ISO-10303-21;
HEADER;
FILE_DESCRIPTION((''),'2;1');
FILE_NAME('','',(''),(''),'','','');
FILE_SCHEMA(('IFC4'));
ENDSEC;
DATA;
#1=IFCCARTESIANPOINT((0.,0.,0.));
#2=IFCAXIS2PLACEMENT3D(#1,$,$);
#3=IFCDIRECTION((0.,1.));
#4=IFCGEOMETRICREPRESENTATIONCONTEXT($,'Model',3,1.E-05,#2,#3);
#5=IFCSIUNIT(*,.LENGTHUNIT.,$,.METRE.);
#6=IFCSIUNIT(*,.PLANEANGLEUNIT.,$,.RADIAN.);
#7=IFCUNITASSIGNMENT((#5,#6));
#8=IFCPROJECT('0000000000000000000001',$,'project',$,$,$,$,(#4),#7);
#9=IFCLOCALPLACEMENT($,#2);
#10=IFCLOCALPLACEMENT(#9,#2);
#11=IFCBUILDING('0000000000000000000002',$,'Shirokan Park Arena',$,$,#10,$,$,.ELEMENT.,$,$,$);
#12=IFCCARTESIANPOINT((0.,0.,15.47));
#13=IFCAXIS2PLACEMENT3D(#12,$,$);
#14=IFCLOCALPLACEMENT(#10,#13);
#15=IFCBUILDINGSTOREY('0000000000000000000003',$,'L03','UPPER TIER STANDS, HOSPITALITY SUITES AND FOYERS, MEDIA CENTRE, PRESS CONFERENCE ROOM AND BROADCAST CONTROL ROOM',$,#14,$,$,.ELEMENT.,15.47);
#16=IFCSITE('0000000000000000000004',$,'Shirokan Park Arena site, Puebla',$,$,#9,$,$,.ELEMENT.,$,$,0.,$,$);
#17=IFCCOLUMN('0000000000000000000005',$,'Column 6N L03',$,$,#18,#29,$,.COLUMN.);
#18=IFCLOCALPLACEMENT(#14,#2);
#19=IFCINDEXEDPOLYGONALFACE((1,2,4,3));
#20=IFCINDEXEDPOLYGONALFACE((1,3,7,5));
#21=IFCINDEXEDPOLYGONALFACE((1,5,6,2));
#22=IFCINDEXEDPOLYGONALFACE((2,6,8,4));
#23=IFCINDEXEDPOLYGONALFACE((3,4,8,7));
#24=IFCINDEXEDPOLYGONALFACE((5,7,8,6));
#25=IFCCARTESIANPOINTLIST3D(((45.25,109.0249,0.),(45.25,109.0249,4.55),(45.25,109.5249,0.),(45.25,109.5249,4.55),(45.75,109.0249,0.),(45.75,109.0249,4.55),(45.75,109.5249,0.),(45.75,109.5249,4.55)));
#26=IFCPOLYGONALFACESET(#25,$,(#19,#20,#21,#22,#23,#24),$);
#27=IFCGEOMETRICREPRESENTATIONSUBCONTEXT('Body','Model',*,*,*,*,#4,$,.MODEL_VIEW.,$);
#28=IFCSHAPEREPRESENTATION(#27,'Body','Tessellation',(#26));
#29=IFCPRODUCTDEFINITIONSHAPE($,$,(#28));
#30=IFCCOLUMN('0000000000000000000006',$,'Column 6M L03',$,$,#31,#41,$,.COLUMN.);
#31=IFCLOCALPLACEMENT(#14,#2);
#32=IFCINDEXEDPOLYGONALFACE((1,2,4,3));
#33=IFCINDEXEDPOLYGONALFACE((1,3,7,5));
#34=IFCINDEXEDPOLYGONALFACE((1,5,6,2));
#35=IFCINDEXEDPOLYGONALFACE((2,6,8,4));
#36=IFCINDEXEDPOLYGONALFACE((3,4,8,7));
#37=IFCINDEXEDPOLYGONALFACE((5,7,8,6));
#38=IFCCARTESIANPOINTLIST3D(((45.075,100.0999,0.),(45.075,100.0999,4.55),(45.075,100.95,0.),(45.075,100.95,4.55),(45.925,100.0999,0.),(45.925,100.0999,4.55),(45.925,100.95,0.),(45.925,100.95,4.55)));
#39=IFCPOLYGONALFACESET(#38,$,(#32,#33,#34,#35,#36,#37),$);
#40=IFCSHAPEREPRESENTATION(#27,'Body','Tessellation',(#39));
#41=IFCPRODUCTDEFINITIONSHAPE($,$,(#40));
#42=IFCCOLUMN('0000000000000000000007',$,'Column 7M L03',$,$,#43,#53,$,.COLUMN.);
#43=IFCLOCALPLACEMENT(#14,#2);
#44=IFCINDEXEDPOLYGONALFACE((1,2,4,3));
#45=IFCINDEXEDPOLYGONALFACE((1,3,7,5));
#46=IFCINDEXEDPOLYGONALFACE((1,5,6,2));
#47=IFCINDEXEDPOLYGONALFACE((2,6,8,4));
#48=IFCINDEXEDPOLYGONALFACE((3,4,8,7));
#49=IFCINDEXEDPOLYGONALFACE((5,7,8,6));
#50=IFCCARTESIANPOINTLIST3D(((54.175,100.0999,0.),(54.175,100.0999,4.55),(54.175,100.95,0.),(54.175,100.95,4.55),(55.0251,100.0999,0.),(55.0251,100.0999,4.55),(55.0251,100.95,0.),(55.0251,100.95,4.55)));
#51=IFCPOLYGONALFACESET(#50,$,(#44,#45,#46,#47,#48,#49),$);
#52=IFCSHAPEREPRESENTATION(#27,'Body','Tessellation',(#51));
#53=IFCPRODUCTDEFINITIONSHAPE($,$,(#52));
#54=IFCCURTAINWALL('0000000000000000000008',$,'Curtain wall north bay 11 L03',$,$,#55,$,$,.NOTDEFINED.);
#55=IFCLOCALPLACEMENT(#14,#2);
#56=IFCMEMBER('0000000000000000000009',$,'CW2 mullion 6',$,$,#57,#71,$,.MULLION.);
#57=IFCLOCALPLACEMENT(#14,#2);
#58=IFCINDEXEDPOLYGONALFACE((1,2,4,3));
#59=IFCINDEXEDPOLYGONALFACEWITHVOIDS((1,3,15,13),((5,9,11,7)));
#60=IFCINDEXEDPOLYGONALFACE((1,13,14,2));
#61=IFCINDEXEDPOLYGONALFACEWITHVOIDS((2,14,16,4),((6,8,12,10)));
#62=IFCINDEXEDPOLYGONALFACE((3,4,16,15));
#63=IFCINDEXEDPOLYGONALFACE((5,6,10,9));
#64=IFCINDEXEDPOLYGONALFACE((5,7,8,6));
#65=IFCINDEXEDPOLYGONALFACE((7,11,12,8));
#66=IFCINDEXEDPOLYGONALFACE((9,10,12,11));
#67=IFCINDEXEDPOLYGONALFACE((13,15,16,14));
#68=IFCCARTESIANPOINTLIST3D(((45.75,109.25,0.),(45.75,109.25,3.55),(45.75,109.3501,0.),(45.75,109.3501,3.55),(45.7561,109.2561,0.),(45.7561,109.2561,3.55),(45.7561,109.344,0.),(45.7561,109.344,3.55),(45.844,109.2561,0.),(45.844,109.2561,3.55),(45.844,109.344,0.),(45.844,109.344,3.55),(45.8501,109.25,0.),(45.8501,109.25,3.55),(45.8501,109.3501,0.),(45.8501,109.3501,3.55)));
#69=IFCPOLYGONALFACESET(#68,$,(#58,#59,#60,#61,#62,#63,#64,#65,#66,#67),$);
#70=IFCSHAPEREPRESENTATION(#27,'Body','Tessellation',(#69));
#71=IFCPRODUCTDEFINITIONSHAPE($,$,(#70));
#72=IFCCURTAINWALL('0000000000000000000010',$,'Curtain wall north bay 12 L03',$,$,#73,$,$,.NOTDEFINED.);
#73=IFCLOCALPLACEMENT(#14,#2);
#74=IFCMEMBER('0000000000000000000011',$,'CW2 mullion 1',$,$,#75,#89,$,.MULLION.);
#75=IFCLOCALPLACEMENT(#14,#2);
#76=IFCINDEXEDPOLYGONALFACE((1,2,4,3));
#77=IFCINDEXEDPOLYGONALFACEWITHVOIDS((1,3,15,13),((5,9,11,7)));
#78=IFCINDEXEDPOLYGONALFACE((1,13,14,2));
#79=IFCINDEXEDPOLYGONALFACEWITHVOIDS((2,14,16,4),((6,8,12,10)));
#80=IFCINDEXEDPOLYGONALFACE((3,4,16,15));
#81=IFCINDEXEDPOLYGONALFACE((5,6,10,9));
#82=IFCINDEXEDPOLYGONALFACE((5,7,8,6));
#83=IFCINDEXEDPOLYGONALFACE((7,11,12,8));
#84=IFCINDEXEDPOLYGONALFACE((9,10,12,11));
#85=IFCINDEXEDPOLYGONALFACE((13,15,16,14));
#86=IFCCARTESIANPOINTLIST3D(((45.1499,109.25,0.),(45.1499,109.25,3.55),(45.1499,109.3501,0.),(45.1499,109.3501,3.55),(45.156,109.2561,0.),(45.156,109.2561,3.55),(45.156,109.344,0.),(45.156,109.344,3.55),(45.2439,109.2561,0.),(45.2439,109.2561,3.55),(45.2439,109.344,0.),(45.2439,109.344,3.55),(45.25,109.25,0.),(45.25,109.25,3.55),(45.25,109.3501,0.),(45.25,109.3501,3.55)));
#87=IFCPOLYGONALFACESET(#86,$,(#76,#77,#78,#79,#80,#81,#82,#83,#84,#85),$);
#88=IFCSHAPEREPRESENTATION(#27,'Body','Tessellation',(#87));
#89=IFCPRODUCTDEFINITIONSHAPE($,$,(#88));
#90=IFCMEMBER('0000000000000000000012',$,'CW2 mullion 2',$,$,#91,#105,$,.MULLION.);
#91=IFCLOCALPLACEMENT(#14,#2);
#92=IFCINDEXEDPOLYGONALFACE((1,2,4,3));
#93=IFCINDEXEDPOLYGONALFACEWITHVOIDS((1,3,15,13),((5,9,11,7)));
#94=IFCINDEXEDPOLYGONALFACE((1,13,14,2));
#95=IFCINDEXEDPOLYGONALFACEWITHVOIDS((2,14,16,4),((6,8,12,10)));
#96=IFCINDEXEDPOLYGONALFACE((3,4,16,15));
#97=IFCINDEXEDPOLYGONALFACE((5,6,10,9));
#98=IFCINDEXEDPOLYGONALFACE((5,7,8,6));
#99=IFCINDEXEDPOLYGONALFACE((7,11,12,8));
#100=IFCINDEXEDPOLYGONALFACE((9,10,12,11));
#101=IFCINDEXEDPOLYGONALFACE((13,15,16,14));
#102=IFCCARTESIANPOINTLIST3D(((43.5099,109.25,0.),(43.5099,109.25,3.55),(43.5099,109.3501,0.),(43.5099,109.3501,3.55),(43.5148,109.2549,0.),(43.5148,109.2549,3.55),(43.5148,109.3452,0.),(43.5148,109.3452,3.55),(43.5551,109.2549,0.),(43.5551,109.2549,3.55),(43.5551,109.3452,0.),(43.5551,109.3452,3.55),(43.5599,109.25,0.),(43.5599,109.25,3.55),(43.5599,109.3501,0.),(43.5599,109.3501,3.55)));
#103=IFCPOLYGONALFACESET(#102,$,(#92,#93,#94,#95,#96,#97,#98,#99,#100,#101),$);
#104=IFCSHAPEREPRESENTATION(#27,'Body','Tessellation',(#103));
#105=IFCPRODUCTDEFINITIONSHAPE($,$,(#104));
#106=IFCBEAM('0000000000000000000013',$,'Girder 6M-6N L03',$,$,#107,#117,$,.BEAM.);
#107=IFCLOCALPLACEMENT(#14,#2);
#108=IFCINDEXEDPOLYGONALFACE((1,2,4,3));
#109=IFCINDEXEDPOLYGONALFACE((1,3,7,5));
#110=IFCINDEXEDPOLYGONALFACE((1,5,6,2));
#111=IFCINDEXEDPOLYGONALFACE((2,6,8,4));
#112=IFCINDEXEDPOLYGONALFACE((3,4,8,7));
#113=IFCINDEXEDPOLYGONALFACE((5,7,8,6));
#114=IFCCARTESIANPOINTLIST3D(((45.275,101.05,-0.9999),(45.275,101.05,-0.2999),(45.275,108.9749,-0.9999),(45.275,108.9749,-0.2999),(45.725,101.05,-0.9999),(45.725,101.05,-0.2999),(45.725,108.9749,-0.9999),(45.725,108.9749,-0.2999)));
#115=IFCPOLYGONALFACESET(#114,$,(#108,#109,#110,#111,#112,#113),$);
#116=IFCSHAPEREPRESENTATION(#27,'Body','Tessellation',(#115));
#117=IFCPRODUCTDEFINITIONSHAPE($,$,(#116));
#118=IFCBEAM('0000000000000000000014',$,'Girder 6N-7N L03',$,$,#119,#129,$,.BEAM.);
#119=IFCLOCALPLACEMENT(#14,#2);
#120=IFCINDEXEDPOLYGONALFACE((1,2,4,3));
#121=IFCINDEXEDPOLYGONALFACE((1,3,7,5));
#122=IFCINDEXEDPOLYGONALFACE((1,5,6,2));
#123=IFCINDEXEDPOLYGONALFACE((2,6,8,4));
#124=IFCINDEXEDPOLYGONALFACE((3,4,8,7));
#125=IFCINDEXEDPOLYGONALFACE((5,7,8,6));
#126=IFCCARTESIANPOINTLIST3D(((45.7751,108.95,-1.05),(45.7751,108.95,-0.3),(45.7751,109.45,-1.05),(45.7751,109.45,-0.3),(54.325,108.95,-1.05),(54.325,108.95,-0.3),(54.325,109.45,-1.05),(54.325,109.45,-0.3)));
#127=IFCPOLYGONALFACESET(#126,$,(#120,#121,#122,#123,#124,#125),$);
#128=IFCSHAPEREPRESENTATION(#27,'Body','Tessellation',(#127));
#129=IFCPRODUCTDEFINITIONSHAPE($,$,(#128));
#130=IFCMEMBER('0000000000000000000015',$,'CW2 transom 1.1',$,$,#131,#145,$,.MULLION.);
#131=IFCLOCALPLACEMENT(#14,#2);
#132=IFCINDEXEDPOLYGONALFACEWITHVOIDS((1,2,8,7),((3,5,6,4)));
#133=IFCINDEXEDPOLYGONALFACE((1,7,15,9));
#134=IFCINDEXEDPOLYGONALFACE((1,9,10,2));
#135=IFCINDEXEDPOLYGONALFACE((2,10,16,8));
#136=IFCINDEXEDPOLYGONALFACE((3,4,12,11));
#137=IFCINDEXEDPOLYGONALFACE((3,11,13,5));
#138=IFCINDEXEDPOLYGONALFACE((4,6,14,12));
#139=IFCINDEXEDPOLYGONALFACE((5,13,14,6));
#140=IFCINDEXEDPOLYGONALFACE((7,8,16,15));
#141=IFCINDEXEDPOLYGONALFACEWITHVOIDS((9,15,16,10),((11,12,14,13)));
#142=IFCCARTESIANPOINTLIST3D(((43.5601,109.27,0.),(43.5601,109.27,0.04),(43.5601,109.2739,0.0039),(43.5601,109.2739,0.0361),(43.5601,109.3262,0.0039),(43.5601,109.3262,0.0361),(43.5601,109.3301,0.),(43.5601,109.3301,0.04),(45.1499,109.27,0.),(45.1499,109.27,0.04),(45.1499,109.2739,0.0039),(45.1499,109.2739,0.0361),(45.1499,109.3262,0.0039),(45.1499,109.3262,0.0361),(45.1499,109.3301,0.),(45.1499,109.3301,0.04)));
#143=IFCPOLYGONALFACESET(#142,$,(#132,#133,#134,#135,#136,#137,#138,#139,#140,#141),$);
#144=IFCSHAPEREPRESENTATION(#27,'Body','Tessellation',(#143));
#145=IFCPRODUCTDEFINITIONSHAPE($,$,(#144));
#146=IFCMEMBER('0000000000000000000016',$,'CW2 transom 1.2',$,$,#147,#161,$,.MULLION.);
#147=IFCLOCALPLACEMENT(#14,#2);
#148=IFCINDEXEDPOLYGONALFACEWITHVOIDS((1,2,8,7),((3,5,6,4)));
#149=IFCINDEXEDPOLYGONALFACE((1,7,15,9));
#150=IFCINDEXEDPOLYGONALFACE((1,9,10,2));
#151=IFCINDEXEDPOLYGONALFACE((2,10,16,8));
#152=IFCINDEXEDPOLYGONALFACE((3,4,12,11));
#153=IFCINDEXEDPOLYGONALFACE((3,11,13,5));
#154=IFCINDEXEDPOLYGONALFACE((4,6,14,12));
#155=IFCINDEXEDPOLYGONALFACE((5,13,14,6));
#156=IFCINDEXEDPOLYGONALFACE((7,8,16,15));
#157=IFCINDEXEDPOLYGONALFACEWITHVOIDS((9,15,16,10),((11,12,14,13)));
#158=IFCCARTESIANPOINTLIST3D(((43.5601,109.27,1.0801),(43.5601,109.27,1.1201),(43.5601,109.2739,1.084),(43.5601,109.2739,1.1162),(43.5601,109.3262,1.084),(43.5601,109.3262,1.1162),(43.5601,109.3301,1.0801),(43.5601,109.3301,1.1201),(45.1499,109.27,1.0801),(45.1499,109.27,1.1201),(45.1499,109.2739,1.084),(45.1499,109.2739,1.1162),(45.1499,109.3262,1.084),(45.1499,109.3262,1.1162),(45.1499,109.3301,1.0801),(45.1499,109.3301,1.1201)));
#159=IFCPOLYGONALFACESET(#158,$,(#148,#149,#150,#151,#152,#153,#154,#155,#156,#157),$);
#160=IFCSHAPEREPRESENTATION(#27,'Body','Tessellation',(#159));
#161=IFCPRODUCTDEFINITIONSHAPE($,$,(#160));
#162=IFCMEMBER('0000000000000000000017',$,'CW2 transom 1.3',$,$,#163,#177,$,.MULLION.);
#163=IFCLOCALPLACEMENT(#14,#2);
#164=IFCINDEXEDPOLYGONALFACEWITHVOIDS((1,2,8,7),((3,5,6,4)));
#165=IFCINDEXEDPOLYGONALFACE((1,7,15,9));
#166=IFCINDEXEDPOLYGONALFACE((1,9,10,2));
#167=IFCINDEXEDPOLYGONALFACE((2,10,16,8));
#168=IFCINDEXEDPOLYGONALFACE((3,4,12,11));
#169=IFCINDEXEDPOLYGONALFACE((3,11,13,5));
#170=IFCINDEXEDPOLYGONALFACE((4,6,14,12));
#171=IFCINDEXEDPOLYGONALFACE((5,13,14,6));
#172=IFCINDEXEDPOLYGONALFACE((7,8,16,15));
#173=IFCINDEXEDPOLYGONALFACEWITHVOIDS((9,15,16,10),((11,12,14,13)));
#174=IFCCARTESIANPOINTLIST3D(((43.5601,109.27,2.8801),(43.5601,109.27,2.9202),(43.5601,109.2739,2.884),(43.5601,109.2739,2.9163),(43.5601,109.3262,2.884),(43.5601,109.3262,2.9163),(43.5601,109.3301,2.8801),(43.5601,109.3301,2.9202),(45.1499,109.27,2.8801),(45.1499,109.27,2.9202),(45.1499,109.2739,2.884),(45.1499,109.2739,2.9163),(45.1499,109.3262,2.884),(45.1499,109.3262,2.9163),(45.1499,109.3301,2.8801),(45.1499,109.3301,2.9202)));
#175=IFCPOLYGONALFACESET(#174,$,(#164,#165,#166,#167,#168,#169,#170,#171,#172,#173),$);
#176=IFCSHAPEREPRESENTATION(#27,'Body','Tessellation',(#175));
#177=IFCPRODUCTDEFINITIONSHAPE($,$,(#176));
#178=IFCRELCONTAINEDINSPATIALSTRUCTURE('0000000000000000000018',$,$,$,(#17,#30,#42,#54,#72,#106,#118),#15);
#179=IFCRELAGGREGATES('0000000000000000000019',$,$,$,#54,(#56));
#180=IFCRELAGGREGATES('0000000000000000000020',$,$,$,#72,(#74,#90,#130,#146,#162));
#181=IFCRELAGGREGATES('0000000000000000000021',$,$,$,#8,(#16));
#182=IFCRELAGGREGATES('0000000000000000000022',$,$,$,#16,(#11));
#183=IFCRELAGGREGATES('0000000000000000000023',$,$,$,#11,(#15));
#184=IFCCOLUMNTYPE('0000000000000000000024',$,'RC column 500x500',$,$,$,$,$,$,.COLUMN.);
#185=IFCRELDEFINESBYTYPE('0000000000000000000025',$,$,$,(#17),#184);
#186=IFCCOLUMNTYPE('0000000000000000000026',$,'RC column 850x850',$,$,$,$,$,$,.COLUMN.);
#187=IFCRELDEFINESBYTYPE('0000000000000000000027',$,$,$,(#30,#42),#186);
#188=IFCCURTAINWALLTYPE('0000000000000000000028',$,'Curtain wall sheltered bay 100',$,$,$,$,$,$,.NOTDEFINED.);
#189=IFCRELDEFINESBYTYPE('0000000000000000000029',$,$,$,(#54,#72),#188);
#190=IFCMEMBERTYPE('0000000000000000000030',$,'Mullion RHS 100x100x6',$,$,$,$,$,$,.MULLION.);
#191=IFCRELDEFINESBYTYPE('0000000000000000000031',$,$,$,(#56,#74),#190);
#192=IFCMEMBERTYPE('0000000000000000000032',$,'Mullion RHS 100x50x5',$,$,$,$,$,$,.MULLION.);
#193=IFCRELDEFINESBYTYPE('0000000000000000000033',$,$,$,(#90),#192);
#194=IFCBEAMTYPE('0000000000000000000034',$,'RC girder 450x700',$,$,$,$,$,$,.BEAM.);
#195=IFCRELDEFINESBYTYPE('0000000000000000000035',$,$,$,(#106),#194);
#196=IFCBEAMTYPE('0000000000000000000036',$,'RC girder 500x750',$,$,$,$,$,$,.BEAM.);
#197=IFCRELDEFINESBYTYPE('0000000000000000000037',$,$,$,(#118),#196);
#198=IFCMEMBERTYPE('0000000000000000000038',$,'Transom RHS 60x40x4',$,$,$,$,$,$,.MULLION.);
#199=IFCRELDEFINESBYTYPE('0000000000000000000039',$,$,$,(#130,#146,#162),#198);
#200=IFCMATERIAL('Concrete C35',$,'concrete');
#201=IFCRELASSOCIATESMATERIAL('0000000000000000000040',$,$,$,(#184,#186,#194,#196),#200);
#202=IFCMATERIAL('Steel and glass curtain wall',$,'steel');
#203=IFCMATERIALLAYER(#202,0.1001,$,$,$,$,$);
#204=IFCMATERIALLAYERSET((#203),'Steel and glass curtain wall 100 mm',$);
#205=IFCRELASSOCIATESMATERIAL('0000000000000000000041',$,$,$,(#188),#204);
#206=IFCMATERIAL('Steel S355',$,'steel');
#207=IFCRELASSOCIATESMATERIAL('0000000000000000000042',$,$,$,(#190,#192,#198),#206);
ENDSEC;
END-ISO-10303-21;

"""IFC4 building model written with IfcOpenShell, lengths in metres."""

from ifc_helpers import new_model, si_unit, direction, frame, origin, origin_2d, place, context, subcontext, project, spatial, rectangle, hollow_rectangle, extrude, material, layer, layer_set, material_profile, profile_set, type_object, element, aggregate, save


model = new_model("IFC4")

# Units and contexts
model_context = context("Model", 3, precision=1e-05, world=origin(), true_north=direction((0.0, 1.0)))
body_context = subcontext(model_context, "Body", "Model", "MODEL_VIEW")
ifc_project = project(units=[si_unit("LENGTHUNIT", "METRE"), si_unit("PLANEANGLEUNIT", "RADIAN")], contexts=[model_context])

# Site, building, storey
site_placement = place(None, origin())
site = spatial("IfcSite", under=ifc_project, at=site_placement, Name="Shirokan Park Arena site, Puebla", CompositionType="ELEMENT", RefElevation=0.0)
building_placement = place(site_placement, origin())
building = spatial("IfcBuilding", under=site, at=building_placement, Name="Shirokan Park Arena", CompositionType="ELEMENT")
storey_placement = place(building_placement, frame((0.0, 0.0, 15.47)))
storey = spatial("IfcBuildingStorey", under=building, at=storey_placement, Name="L03", Description="UPPER TIER STANDS, HOSPITALITY SUITES AND FOYERS, MEDIA CENTRE, PRESS CONFERENCE ROOM AND BROADCAST CONTROL ROOM", CompositionType="ELEMENT", Elevation=15.47)

# Columns
ifc_material_1 = material(Name="Concrete C35", Category="concrete")
ifc_material_profile_1 = material_profile(ifc_material_1, rectangle(XDim=0.5, YDim=0.5, at=origin_2d()), Name="500x500")
ifc_profile_set_1 = profile_set([ifc_material_profile_1], Name="Concrete C35")
column_type_1 = type_object("IfcColumnType", Name="RC column 500x500", PredefinedType="COLUMN", material=ifc_profile_set_1)
column_placement = place(storey_placement, frame((45.5, 109.2749, 0.0), z_axis=(0.0, 0.0, 1.0), x_axis=(1.0, 0.0, 0.0)))
element("IfcColumn", 1, at=column_placement, inside=storey, type_object=column_type_1, Name="Column 6N L03", PredefinedType="COLUMN", context=body_context, shape_type="SweptSolid", body=[
    extrude(rectangle(XDim=0.5, YDim=0.5, at=origin_2d()), origin(), (0.0, 0.0, 1.0), 4.55),
])
ifc_material_profile_2 = material_profile(ifc_material_1, rectangle(XDim=0.8501, YDim=0.8501, at=origin_2d()), Name="850x850")
ifc_profile_set_2 = profile_set([ifc_material_profile_2], Name="Concrete C35")
column_type_2 = type_object("IfcColumnType", Name="RC column 850x850", PredefinedType="COLUMN", material=ifc_profile_set_2)
for number, where, z_axis, x_axis, name in (
    (2, (45.5, 100.5249, 0.0), (0.0, 0.0, 1.0), (1.0, 0.0, 0.0), "Column 6M L03"),
    (3, (54.6001, 100.5249, 0.0), (0.0, 0.0, 1.0), (1.0, 0.0, 0.0), "Column 7M L03"),
):
    element("IfcColumn", number, at=place(storey_placement, frame(where, z_axis=z_axis, x_axis=x_axis)), inside=storey, type_object=column_type_2, Name=name, PredefinedType="COLUMN", context=body_context, shape_type="SweptSolid", body=[
        extrude(rectangle(XDim=0.8501, YDim=0.8501, at=origin_2d()), origin(), (0.0, 0.0, 1.0), 4.55),
    ])

# Curtain wall, member
ifc_material_2 = material(Name="Steel and glass curtain wall", Category="steel")
ifc_layer_1 = layer(ifc_material_2, 0.1001)
ifc_layer_set_1 = layer_set([ifc_layer_1], Name="Steel and glass curtain wall 100 mm")
curtain_wall_type = type_object("IfcCurtainWallType", Name="Curtain wall sheltered bay 100", PredefinedType="NOTDEFINED", material=ifc_layer_set_1)
curtain_wall_1_placement = place(storey_placement, origin())
curtain_wall_1 = element("IfcCurtainWall", 4, at=curtain_wall_1_placement, inside=storey, type_object=curtain_wall_type, Name="Curtain wall north bay 11 L03", PredefinedType="NOTDEFINED")
ifc_material_3 = material(Name="Steel S355", Category="steel")
ifc_material_profile_3 = material_profile(ifc_material_3, hollow_rectangle(XDim=0.1001, YDim=0.1001, WallThickness=0.0061, at=origin_2d()), Name="RHS 100x100x6")
ifc_profile_set_3 = profile_set([ifc_material_profile_3], Name="Steel S355")
member_type_1 = type_object("IfcMemberType", Name="Mullion RHS 100x100x6", PredefinedType="MULLION", material=ifc_profile_set_3)
member_1_placement = place(storey_placement, frame((45.8, 109.3, 0.0), z_axis=(0.0, 0.0, 1.0), x_axis=(0.0, -1.0, 0.0)))
member_1 = element("IfcMember", 5, at=member_1_placement, type_object=member_type_1, Name="CW2 mullion 6", PredefinedType="MULLION", context=body_context, shape_type="SweptSolid", body=[
    extrude(hollow_rectangle(XDim=0.1001, YDim=0.1001, WallThickness=0.0061, at=origin_2d()), origin(), (0.0, 0.0, 1.0), 3.55),
])

# Curtain wall, members
curtain_wall_2_placement = place(storey_placement, origin())
curtain_wall_2 = element("IfcCurtainWall", 6, at=curtain_wall_2_placement, inside=storey, type_object=curtain_wall_type, Name="Curtain wall north bay 12 L03", PredefinedType="NOTDEFINED")
member_2_placement = place(storey_placement, frame((45.2, 109.3, 0.0), z_axis=(0.0, 0.0, 1.0), x_axis=(0.0, -1.0, 0.0)))
member_2 = element("IfcMember", 7, at=member_2_placement, type_object=member_type_1, Name="CW2 mullion 1", PredefinedType="MULLION", context=body_context, shape_type="SweptSolid", body=[
    extrude(hollow_rectangle(XDim=0.1001, YDim=0.1001, WallThickness=0.0061, at=origin_2d()), origin(), (0.0, 0.0, 1.0), 3.55),
])
ifc_material_profile_4 = material_profile(ifc_material_3, hollow_rectangle(XDim=0.1001, YDim=0.05, WallThickness=0.0049, at=origin_2d()), Name="RHS 100x50x5")
ifc_profile_set_4 = profile_set([ifc_material_profile_4], Name="Steel S355")
member_type_2 = type_object("IfcMemberType", Name="Mullion RHS 100x50x5", PredefinedType="MULLION", material=ifc_profile_set_4)
member_3_placement = place(storey_placement, frame((43.5349, 109.3, 0.0), z_axis=(0.0, 0.0, 1.0), x_axis=(0.0, -1.0, 0.0)))
member_3 = element("IfcMember", 8, at=member_3_placement, type_object=member_type_2, Name="CW2 mullion 2", PredefinedType="MULLION", context=body_context, shape_type="SweptSolid", body=[
    extrude(hollow_rectangle(XDim=0.1001, YDim=0.05, WallThickness=0.0049, at=origin_2d()), origin(), (0.0, 0.0, 1.0), 3.55),
])

# Beams
ifc_material_profile_5 = material_profile(ifc_material_1, rectangle(XDim=0.45, YDim=0.7, at=origin_2d()), Name="450x700")
ifc_profile_set_5 = profile_set([ifc_material_profile_5], Name="Concrete C35")
beam_type_1 = type_object("IfcBeamType", Name="RC girder 450x700", PredefinedType="BEAM", material=ifc_profile_set_5)
beam_1_placement = place(storey_placement, frame((45.5, 101.05, -0.6499), z_axis=(0.0, 1.0, 0.0), x_axis=(-1.0, 0.0, 0.0)))
element("IfcBeam", 9, at=beam_1_placement, inside=storey, type_object=beam_type_1, Name="Girder 6M-6N L03", PredefinedType="BEAM", context=body_context, shape_type="SweptSolid", body=[
    extrude(rectangle(XDim=0.45, YDim=0.7, at=origin_2d()), origin(), (0.0, 0.0, 1.0), 7.9248),
])
ifc_material_profile_6 = material_profile(ifc_material_1, rectangle(XDim=0.5, YDim=0.75, at=origin_2d()), Name="500x750")
ifc_profile_set_6 = profile_set([ifc_material_profile_6], Name="Concrete C35")
beam_type_2 = type_object("IfcBeamType", Name="RC girder 500x750", PredefinedType="BEAM", material=ifc_profile_set_6)
beam_2_placement = place(storey_placement, frame((45.7751, 109.2, -0.675), z_axis=(1.0, 0.0, 0.0), x_axis=(0.0, 1.0, 0.0)))
element("IfcBeam", 10, at=beam_2_placement, inside=storey, type_object=beam_type_2, Name="Girder 6N-7N L03", PredefinedType="BEAM", context=body_context, shape_type="SweptSolid", body=[
    extrude(rectangle(XDim=0.5, YDim=0.75, at=origin_2d()), origin(), (0.0, 0.0, 1.0), 8.5498),
])

# Members
ifc_material_profile_7 = material_profile(ifc_material_3, hollow_rectangle(XDim=0.0601, YDim=0.04, WallThickness=0.0039, at=origin_2d()), Name="RHS 60x40x4")
ifc_profile_set_7 = profile_set([ifc_material_profile_7], Name="Steel S355")
member_type_3 = type_object("IfcMemberType", Name="Transom RHS 60x40x4", PredefinedType="MULLION", material=ifc_profile_set_7)
member_4_placement = place(storey_placement, frame((45.1499, 109.3, 0.02), z_axis=(-1.0, 0.0, 0.0), x_axis=(0.0, -1.0, 0.0)))
member_4 = element("IfcMember", 11, at=member_4_placement, type_object=member_type_3, Name="CW2 transom 1.1", PredefinedType="MULLION", context=body_context, shape_type="SweptSolid", body=[
    extrude(hollow_rectangle(XDim=0.0601, YDim=0.04, WallThickness=0.0039, at=origin_2d()), origin(), (0.0, 0.0, 1.0), 1.5898),
])
member_5_placement = place(storey_placement, frame((45.1499, 109.3, 1.1001), z_axis=(-1.0, 0.0, 0.0), x_axis=(0.0, -1.0, 0.0)))
member_5 = element("IfcMember", 12, at=member_5_placement, type_object=member_type_3, Name="CW2 transom 1.2", PredefinedType="MULLION", context=body_context, shape_type="SweptSolid", body=[
    extrude(hollow_rectangle(XDim=0.0601, YDim=0.04, WallThickness=0.0039, at=origin_2d()), origin(), (0.0, 0.0, 1.0), 1.5898),
])
member_6_placement = place(storey_placement, frame((45.1499, 109.3, 2.9001), z_axis=(-1.0, 0.0, 0.0), x_axis=(0.0, -1.0, 0.0)))
member_6 = element("IfcMember", 13, at=member_6_placement, type_object=member_type_3, Name="CW2 transom 1.3", PredefinedType="MULLION", context=body_context, shape_type="SweptSolid", body=[
    extrude(hollow_rectangle(XDim=0.0601, YDim=0.04, WallThickness=0.0039, at=origin_2d()), origin(), (0.0, 0.0, 1.0), 1.5898),
])

aggregate(curtain_wall_1, [member_1])
aggregate(curtain_wall_2, [member_2, member_3, member_4, member_5, member_6])

save(model, "model.ifc")
